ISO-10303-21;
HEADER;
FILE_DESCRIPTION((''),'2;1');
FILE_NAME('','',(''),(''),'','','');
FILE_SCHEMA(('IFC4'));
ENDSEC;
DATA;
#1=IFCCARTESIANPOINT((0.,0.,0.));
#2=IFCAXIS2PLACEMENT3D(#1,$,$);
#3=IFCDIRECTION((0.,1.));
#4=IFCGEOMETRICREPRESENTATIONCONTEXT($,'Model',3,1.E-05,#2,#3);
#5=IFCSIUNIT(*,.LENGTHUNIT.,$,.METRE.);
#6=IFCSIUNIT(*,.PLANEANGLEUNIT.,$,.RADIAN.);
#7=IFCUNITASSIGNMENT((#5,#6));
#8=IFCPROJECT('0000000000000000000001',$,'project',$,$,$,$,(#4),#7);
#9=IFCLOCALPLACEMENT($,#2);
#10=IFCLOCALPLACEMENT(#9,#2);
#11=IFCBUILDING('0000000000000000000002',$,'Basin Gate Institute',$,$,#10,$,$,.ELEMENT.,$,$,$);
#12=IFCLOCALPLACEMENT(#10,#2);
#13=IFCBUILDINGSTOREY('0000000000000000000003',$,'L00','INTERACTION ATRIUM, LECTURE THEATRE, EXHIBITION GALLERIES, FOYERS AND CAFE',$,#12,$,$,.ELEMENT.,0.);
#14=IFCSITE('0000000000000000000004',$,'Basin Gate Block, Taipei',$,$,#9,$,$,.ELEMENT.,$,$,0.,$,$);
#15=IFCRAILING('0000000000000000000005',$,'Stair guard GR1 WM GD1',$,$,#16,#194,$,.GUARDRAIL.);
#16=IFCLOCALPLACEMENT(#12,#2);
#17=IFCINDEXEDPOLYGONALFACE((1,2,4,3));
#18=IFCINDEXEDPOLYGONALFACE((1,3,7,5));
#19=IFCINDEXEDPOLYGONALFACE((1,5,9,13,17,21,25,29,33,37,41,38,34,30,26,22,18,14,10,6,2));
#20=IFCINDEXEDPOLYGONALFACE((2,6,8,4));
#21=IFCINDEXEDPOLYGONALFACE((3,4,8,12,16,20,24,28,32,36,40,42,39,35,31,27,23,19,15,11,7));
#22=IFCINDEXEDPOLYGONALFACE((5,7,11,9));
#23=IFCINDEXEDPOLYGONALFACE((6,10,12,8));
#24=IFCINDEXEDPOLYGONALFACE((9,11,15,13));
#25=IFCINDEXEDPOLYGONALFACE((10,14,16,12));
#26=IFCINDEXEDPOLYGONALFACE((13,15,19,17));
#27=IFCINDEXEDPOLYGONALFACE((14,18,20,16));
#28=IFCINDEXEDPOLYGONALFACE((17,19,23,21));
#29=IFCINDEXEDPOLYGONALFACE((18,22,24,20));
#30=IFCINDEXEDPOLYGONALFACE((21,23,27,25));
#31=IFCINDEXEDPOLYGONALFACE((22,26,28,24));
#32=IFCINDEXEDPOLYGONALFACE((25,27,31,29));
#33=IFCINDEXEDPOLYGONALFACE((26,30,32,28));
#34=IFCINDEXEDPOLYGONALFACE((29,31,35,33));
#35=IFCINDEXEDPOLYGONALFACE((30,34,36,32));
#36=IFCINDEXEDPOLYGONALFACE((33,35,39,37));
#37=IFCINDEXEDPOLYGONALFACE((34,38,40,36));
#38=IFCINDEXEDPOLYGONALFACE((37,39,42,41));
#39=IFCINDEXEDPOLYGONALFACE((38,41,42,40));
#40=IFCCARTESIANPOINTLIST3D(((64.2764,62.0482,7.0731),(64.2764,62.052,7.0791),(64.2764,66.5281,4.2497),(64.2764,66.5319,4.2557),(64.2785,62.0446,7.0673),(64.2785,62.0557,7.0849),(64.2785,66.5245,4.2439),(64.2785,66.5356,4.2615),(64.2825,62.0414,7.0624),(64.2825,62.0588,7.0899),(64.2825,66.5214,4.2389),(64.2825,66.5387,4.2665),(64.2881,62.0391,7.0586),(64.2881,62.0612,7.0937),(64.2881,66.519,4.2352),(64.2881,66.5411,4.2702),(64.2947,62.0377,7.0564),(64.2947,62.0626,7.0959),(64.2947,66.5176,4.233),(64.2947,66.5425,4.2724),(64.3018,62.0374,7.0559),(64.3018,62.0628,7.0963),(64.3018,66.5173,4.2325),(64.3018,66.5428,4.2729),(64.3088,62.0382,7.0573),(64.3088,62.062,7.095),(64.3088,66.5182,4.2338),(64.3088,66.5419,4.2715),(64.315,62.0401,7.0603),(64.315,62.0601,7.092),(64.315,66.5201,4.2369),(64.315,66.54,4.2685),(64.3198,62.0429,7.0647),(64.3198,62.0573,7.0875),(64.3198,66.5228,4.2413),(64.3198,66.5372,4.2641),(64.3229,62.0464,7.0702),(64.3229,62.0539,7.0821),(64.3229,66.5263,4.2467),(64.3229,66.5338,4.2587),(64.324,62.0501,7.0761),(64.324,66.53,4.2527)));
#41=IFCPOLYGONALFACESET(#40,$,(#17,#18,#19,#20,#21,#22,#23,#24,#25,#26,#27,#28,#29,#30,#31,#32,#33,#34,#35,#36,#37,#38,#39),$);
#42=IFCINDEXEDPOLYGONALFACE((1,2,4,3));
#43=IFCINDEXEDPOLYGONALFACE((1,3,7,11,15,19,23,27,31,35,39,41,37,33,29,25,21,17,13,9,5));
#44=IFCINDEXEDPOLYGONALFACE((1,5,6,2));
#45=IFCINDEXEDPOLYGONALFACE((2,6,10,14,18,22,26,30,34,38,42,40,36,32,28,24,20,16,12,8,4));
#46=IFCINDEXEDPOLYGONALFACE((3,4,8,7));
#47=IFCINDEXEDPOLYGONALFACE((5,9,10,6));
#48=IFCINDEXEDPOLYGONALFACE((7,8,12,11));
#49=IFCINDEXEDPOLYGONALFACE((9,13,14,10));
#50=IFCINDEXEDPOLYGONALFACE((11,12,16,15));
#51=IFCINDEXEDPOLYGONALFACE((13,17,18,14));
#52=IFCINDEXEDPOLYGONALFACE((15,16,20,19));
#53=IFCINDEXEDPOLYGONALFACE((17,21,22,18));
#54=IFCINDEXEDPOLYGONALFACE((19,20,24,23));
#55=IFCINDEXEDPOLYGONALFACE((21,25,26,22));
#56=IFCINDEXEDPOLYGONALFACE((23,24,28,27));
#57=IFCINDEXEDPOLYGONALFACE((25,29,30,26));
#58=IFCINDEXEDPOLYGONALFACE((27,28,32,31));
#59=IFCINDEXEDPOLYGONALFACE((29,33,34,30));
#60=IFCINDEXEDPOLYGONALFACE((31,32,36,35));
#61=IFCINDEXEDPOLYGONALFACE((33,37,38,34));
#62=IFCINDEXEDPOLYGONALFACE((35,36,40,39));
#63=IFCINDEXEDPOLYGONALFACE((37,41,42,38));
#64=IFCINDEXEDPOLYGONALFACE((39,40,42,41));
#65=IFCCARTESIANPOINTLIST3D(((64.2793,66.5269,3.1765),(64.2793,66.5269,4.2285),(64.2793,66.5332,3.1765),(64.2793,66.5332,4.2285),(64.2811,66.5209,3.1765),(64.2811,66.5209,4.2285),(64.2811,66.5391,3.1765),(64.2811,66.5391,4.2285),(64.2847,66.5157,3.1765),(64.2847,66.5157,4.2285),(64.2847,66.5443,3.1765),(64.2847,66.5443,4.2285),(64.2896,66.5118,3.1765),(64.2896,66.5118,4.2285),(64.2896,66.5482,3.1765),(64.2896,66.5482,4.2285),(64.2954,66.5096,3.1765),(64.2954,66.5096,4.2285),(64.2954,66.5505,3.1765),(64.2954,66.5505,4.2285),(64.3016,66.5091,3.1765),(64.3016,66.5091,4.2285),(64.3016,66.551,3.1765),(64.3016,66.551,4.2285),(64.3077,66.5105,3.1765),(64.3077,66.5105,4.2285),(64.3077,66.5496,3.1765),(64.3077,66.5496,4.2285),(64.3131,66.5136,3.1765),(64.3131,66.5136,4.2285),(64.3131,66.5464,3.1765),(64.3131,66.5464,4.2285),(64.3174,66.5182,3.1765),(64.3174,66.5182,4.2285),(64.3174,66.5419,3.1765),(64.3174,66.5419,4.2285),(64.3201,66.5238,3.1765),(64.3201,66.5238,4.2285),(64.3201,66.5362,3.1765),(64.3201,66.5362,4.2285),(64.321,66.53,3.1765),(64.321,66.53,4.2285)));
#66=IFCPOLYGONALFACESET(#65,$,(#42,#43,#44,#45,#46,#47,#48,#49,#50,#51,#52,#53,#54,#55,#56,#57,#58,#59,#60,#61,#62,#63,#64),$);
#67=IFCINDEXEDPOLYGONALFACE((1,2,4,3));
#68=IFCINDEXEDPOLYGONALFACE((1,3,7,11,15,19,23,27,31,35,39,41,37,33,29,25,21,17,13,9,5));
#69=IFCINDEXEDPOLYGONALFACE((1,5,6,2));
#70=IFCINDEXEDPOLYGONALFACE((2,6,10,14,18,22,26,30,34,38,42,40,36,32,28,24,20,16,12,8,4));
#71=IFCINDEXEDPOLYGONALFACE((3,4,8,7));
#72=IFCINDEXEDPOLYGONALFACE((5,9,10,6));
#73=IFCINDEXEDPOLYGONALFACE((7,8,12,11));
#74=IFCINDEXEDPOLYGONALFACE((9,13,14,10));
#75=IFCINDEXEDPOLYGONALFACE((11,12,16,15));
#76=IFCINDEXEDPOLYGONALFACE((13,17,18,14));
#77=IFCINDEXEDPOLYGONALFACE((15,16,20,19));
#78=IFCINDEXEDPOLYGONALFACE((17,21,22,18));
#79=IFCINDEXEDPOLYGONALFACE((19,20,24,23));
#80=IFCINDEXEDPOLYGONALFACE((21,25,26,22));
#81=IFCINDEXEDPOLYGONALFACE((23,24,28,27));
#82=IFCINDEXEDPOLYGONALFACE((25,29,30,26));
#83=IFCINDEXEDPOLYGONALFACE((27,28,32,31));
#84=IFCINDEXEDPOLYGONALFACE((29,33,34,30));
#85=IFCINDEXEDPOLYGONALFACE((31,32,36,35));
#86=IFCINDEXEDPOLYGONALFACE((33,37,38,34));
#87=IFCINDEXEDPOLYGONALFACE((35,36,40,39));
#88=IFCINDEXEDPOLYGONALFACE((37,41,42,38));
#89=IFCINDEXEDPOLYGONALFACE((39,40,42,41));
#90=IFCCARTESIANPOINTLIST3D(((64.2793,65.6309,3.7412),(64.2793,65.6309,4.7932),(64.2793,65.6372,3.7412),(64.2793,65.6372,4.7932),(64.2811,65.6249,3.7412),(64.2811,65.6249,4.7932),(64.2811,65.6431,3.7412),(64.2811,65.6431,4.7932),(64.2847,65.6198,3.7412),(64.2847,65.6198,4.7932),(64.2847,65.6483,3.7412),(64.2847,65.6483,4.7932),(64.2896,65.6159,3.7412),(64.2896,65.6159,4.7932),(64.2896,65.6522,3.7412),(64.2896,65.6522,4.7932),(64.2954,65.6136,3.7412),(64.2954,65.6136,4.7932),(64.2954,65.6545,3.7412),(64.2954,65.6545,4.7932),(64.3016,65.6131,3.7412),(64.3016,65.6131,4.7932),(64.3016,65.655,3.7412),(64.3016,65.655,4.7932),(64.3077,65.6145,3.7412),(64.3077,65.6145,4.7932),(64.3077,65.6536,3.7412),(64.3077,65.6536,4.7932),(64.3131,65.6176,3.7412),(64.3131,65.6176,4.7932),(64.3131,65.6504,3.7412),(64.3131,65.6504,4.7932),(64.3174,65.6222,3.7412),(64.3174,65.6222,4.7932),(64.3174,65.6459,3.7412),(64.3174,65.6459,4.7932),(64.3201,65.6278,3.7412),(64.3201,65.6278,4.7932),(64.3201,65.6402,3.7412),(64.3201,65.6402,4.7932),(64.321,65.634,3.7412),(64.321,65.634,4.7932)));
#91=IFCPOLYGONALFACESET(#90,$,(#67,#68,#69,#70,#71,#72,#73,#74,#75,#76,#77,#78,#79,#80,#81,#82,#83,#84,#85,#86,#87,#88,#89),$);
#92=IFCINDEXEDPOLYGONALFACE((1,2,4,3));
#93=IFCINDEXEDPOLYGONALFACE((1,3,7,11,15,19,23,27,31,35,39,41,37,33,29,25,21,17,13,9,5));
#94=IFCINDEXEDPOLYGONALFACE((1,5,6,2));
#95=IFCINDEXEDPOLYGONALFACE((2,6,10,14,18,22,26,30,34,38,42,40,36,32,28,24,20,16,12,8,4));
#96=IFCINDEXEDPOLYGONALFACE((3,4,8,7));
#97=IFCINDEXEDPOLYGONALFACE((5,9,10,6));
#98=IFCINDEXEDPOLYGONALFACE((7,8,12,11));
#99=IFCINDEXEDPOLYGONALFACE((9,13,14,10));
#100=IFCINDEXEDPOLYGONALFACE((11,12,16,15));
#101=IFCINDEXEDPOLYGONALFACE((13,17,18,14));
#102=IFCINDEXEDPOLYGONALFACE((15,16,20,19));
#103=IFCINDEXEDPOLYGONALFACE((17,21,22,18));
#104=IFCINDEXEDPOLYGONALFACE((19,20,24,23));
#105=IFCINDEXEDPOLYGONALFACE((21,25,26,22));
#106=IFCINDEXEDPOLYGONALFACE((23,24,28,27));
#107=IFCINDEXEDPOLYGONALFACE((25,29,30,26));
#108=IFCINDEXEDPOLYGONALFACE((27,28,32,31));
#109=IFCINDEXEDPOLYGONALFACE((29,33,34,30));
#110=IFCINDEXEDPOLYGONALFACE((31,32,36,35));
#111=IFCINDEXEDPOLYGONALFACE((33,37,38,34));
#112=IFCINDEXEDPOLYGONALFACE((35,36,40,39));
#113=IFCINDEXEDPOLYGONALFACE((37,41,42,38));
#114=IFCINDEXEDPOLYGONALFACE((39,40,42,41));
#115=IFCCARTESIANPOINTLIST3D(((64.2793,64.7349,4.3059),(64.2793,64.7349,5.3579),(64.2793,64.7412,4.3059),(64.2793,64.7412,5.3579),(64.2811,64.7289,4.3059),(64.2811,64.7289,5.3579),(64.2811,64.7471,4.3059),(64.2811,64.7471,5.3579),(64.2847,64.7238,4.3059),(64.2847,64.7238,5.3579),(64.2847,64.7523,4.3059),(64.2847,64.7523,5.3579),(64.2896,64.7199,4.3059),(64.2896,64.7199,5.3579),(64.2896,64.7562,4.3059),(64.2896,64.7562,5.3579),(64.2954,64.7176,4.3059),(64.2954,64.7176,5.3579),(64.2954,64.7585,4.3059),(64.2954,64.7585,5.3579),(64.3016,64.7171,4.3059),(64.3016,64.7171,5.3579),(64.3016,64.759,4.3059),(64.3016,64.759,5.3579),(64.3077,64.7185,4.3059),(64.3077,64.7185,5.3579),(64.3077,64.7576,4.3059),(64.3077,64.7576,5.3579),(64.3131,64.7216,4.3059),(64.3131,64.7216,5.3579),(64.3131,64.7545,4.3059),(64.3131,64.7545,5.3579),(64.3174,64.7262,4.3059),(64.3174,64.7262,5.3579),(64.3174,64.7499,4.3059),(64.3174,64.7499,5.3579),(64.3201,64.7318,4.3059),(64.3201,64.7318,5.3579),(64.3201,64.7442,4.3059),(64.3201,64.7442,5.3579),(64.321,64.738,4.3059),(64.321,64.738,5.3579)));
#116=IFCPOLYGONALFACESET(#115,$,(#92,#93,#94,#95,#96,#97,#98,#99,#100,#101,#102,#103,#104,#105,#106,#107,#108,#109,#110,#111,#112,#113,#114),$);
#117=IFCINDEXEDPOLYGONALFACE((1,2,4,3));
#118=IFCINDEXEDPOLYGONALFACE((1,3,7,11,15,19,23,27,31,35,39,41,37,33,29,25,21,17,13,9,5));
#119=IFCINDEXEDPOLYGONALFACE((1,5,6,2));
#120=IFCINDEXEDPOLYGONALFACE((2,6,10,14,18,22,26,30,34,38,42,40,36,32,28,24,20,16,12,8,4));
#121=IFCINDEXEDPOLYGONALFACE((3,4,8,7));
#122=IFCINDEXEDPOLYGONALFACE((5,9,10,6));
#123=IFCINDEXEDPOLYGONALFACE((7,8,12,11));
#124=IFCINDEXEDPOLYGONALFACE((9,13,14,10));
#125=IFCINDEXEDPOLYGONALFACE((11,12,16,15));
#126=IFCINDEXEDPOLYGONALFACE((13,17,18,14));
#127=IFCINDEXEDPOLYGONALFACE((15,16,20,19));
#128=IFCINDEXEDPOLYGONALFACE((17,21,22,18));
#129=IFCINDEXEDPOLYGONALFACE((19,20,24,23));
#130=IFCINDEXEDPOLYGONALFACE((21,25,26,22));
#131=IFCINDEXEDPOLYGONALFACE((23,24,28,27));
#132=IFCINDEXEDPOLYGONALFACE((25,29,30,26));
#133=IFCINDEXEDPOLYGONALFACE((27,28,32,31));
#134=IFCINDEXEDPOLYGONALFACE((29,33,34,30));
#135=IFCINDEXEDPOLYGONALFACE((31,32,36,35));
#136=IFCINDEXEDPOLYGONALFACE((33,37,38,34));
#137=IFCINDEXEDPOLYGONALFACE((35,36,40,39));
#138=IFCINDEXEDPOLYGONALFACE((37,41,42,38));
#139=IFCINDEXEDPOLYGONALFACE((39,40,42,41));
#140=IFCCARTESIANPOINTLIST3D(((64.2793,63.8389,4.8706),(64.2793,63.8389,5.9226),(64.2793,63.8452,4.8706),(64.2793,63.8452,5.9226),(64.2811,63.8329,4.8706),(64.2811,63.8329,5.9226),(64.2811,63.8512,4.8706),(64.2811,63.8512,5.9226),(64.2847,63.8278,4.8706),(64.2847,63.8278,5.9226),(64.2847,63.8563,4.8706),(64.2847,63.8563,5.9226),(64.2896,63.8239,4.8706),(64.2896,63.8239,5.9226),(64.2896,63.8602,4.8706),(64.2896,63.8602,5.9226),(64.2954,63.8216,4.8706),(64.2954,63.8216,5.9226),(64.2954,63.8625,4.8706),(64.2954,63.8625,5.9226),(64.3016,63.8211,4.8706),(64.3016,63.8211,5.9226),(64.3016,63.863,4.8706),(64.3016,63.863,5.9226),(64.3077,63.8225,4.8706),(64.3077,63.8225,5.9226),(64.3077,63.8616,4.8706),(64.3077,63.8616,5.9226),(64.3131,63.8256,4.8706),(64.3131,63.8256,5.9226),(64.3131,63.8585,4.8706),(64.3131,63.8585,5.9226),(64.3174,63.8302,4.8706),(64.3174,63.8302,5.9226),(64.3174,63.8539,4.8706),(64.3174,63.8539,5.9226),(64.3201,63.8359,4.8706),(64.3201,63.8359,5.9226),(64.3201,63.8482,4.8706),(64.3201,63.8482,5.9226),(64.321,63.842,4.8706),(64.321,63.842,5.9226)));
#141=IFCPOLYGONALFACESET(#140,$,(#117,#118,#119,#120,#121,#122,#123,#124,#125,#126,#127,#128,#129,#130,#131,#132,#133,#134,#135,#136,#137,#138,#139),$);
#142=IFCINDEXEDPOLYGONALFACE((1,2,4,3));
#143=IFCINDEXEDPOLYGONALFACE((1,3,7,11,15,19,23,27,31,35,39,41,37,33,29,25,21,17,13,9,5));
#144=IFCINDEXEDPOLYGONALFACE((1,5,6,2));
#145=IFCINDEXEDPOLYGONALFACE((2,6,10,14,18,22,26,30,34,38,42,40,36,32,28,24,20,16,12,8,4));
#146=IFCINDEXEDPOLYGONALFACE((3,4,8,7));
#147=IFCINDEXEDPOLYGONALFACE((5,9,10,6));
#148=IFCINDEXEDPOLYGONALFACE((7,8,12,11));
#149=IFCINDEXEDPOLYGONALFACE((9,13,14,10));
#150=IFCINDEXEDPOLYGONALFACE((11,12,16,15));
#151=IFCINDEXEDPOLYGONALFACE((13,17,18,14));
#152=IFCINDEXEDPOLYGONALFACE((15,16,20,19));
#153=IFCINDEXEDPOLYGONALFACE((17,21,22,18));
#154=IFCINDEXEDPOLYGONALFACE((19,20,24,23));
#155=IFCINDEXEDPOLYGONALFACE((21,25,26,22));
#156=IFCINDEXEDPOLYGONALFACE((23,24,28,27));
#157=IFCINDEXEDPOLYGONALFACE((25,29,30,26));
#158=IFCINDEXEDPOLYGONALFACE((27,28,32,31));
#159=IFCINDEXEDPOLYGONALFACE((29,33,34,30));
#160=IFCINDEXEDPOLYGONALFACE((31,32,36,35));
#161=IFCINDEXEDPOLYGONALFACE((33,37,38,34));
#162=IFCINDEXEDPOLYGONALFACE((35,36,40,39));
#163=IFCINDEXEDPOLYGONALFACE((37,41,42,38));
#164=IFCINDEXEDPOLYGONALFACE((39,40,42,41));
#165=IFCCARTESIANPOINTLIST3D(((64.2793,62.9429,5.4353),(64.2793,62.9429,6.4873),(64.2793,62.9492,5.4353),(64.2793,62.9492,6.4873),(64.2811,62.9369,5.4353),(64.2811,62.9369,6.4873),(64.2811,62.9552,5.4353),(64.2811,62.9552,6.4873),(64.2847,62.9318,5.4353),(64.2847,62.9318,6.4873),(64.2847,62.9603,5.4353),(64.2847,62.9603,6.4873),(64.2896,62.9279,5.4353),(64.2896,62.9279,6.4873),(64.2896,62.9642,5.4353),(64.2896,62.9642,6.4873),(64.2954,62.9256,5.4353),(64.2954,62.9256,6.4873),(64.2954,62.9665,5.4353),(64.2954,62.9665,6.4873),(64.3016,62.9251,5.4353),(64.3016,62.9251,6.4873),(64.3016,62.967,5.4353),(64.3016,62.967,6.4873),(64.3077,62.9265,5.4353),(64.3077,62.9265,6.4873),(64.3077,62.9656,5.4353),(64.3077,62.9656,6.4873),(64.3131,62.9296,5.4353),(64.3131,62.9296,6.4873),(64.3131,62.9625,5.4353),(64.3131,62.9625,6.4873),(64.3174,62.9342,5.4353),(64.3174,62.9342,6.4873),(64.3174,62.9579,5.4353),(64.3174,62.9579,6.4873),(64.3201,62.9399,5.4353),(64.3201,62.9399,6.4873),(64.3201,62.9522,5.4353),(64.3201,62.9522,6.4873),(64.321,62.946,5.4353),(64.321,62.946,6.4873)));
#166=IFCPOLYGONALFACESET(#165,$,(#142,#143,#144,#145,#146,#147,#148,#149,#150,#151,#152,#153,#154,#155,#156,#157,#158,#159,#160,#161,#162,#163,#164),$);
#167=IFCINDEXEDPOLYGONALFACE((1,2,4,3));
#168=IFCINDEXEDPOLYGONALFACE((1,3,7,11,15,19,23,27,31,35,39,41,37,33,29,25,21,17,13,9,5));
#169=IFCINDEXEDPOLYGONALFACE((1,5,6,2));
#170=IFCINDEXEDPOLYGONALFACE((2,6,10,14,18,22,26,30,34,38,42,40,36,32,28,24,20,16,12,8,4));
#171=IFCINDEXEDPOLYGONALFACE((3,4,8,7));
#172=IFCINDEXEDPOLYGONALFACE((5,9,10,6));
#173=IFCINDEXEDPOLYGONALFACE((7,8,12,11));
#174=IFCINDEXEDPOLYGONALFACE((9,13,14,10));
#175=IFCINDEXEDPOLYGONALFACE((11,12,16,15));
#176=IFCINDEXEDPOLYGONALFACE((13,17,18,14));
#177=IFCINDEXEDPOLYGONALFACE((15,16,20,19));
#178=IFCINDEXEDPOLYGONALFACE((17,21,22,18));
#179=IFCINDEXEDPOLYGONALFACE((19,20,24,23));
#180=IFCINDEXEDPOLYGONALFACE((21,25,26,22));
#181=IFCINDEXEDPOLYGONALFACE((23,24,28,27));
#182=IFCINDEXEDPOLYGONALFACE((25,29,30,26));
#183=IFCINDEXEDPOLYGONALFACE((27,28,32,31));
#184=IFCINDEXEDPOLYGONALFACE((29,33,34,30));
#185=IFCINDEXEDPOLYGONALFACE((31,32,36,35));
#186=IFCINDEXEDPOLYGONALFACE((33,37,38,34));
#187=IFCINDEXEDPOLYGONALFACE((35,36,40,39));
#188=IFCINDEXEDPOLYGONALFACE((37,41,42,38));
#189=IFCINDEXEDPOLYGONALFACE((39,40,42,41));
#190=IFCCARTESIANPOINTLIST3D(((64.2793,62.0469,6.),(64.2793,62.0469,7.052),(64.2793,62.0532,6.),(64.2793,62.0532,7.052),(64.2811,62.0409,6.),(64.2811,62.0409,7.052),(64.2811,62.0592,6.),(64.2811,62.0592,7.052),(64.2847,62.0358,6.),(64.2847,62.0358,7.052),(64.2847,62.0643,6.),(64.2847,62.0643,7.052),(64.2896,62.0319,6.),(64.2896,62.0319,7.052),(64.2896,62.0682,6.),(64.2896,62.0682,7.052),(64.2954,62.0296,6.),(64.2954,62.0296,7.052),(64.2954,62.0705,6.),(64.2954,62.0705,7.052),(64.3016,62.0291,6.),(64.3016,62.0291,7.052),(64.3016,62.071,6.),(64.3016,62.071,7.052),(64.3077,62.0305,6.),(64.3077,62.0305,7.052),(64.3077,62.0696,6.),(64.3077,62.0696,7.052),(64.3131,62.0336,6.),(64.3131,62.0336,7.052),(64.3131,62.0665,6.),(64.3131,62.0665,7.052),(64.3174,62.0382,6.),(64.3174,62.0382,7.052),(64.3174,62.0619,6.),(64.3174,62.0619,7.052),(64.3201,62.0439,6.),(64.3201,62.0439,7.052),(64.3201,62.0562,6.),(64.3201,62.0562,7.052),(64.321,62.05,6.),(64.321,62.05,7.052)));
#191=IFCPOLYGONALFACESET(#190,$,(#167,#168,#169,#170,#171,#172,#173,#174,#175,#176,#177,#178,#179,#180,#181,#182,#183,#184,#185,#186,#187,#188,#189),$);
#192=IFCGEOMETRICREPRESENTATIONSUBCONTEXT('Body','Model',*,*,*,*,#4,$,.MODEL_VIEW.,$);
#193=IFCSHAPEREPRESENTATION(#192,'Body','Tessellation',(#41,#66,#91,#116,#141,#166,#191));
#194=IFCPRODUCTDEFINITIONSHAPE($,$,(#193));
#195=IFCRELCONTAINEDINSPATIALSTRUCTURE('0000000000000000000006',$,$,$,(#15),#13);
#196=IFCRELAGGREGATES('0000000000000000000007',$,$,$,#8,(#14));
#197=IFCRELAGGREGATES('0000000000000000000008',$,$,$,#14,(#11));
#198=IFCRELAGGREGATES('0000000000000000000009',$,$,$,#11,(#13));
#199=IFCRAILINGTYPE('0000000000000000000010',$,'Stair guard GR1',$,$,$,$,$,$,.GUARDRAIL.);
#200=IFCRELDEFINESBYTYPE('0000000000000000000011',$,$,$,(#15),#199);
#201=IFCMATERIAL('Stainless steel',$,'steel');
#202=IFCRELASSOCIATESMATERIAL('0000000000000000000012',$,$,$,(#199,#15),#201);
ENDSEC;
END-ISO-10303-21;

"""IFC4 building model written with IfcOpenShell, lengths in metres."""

from ifc_helpers import new_model, si_unit, direction, frame, origin, origin_2d, place, context, subcontext, project, spatial, circle, extrude, material, type_object, element, save


model = new_model("IFC4")

# Units and contexts
model_context = context("Model", 3, precision=1e-05, world=origin(), true_north=direction((0.0, 1.0)))
body_context = subcontext(model_context, "Body", "Model", "MODEL_VIEW")
ifc_project = project(units=[si_unit("LENGTHUNIT", "METRE"), si_unit("PLANEANGLEUNIT", "RADIAN")], contexts=[model_context])

# Site, building, storey
site_placement = place(None, origin())
site = spatial("IfcSite", under=ifc_project, at=site_placement, Name="Basin Gate Block, Taipei", CompositionType="ELEMENT", RefElevation=0.0)
building_placement = place(site_placement, origin())
building = spatial("IfcBuilding", under=site, at=building_placement, Name="Basin Gate Institute", CompositionType="ELEMENT")
storey_placement = place(building_placement, origin())
storey = spatial("IfcBuildingStorey", under=building, at=storey_placement, Name="L00", Description="INTERACTION ATRIUM, LECTURE THEATRE, EXHIBITION GALLERIES, FOYERS AND CAFE", CompositionType="ELEMENT", Elevation=0.0)

# Railing
ifc_material_1 = material(Name="Stainless steel", Category="steel")
railing_type_1 = type_object("IfcRailingType", Name="Stair guard GR1", PredefinedType="GUARDRAIL", material=ifc_material_1)
railing_1_placement = place(storey_placement, frame((64.3, 66.53, 3.1765)))
element("IfcRailing", 1, at=railing_1_placement, inside=storey, type_object=railing_type_1, material=ifc_material_1, Name="Stair guard GR1 WM GD1", PredefinedType="GUARDRAIL", context=body_context, shape_type="SweptSolid", body=[
    extrude(circle(Radius=0.0239, at=origin_2d()), frame((0.0, 0.0, 1.0762), z_axis=(0.0, -0.845998, 0.533186), x_axis=(1.0, 0.0, 0.0)), (0.0, 0.0, 1.0), 5.2954),
    extrude(circle(Radius=0.021, at=origin_2d()), origin(), (0.0, 0.0, 1.0), 1.052),
    extrude(circle(Radius=0.021, at=origin_2d()), frame((0.0, -0.896, 0.5647)), (0.0, 0.0, 1.0), 1.052),
    extrude(circle(Radius=0.021, at=origin_2d()), frame((0.0, -1.792, 1.1294)), (0.0, 0.0, 1.0), 1.052),
    extrude(circle(Radius=0.021, at=origin_2d()), frame((0.0, -2.688, 1.6941)), (0.0, 0.0, 1.0), 1.052),
    extrude(circle(Radius=0.021, at=origin_2d()), frame((0.0, -3.584, 2.2588)), (0.0, 0.0, 1.0), 1.052),
    extrude(circle(Radius=0.021, at=origin_2d()), frame((0.0, -4.48, 2.8235)), (0.0, 0.0, 1.0), 1.052),
])

save(model, "model.ifc")
